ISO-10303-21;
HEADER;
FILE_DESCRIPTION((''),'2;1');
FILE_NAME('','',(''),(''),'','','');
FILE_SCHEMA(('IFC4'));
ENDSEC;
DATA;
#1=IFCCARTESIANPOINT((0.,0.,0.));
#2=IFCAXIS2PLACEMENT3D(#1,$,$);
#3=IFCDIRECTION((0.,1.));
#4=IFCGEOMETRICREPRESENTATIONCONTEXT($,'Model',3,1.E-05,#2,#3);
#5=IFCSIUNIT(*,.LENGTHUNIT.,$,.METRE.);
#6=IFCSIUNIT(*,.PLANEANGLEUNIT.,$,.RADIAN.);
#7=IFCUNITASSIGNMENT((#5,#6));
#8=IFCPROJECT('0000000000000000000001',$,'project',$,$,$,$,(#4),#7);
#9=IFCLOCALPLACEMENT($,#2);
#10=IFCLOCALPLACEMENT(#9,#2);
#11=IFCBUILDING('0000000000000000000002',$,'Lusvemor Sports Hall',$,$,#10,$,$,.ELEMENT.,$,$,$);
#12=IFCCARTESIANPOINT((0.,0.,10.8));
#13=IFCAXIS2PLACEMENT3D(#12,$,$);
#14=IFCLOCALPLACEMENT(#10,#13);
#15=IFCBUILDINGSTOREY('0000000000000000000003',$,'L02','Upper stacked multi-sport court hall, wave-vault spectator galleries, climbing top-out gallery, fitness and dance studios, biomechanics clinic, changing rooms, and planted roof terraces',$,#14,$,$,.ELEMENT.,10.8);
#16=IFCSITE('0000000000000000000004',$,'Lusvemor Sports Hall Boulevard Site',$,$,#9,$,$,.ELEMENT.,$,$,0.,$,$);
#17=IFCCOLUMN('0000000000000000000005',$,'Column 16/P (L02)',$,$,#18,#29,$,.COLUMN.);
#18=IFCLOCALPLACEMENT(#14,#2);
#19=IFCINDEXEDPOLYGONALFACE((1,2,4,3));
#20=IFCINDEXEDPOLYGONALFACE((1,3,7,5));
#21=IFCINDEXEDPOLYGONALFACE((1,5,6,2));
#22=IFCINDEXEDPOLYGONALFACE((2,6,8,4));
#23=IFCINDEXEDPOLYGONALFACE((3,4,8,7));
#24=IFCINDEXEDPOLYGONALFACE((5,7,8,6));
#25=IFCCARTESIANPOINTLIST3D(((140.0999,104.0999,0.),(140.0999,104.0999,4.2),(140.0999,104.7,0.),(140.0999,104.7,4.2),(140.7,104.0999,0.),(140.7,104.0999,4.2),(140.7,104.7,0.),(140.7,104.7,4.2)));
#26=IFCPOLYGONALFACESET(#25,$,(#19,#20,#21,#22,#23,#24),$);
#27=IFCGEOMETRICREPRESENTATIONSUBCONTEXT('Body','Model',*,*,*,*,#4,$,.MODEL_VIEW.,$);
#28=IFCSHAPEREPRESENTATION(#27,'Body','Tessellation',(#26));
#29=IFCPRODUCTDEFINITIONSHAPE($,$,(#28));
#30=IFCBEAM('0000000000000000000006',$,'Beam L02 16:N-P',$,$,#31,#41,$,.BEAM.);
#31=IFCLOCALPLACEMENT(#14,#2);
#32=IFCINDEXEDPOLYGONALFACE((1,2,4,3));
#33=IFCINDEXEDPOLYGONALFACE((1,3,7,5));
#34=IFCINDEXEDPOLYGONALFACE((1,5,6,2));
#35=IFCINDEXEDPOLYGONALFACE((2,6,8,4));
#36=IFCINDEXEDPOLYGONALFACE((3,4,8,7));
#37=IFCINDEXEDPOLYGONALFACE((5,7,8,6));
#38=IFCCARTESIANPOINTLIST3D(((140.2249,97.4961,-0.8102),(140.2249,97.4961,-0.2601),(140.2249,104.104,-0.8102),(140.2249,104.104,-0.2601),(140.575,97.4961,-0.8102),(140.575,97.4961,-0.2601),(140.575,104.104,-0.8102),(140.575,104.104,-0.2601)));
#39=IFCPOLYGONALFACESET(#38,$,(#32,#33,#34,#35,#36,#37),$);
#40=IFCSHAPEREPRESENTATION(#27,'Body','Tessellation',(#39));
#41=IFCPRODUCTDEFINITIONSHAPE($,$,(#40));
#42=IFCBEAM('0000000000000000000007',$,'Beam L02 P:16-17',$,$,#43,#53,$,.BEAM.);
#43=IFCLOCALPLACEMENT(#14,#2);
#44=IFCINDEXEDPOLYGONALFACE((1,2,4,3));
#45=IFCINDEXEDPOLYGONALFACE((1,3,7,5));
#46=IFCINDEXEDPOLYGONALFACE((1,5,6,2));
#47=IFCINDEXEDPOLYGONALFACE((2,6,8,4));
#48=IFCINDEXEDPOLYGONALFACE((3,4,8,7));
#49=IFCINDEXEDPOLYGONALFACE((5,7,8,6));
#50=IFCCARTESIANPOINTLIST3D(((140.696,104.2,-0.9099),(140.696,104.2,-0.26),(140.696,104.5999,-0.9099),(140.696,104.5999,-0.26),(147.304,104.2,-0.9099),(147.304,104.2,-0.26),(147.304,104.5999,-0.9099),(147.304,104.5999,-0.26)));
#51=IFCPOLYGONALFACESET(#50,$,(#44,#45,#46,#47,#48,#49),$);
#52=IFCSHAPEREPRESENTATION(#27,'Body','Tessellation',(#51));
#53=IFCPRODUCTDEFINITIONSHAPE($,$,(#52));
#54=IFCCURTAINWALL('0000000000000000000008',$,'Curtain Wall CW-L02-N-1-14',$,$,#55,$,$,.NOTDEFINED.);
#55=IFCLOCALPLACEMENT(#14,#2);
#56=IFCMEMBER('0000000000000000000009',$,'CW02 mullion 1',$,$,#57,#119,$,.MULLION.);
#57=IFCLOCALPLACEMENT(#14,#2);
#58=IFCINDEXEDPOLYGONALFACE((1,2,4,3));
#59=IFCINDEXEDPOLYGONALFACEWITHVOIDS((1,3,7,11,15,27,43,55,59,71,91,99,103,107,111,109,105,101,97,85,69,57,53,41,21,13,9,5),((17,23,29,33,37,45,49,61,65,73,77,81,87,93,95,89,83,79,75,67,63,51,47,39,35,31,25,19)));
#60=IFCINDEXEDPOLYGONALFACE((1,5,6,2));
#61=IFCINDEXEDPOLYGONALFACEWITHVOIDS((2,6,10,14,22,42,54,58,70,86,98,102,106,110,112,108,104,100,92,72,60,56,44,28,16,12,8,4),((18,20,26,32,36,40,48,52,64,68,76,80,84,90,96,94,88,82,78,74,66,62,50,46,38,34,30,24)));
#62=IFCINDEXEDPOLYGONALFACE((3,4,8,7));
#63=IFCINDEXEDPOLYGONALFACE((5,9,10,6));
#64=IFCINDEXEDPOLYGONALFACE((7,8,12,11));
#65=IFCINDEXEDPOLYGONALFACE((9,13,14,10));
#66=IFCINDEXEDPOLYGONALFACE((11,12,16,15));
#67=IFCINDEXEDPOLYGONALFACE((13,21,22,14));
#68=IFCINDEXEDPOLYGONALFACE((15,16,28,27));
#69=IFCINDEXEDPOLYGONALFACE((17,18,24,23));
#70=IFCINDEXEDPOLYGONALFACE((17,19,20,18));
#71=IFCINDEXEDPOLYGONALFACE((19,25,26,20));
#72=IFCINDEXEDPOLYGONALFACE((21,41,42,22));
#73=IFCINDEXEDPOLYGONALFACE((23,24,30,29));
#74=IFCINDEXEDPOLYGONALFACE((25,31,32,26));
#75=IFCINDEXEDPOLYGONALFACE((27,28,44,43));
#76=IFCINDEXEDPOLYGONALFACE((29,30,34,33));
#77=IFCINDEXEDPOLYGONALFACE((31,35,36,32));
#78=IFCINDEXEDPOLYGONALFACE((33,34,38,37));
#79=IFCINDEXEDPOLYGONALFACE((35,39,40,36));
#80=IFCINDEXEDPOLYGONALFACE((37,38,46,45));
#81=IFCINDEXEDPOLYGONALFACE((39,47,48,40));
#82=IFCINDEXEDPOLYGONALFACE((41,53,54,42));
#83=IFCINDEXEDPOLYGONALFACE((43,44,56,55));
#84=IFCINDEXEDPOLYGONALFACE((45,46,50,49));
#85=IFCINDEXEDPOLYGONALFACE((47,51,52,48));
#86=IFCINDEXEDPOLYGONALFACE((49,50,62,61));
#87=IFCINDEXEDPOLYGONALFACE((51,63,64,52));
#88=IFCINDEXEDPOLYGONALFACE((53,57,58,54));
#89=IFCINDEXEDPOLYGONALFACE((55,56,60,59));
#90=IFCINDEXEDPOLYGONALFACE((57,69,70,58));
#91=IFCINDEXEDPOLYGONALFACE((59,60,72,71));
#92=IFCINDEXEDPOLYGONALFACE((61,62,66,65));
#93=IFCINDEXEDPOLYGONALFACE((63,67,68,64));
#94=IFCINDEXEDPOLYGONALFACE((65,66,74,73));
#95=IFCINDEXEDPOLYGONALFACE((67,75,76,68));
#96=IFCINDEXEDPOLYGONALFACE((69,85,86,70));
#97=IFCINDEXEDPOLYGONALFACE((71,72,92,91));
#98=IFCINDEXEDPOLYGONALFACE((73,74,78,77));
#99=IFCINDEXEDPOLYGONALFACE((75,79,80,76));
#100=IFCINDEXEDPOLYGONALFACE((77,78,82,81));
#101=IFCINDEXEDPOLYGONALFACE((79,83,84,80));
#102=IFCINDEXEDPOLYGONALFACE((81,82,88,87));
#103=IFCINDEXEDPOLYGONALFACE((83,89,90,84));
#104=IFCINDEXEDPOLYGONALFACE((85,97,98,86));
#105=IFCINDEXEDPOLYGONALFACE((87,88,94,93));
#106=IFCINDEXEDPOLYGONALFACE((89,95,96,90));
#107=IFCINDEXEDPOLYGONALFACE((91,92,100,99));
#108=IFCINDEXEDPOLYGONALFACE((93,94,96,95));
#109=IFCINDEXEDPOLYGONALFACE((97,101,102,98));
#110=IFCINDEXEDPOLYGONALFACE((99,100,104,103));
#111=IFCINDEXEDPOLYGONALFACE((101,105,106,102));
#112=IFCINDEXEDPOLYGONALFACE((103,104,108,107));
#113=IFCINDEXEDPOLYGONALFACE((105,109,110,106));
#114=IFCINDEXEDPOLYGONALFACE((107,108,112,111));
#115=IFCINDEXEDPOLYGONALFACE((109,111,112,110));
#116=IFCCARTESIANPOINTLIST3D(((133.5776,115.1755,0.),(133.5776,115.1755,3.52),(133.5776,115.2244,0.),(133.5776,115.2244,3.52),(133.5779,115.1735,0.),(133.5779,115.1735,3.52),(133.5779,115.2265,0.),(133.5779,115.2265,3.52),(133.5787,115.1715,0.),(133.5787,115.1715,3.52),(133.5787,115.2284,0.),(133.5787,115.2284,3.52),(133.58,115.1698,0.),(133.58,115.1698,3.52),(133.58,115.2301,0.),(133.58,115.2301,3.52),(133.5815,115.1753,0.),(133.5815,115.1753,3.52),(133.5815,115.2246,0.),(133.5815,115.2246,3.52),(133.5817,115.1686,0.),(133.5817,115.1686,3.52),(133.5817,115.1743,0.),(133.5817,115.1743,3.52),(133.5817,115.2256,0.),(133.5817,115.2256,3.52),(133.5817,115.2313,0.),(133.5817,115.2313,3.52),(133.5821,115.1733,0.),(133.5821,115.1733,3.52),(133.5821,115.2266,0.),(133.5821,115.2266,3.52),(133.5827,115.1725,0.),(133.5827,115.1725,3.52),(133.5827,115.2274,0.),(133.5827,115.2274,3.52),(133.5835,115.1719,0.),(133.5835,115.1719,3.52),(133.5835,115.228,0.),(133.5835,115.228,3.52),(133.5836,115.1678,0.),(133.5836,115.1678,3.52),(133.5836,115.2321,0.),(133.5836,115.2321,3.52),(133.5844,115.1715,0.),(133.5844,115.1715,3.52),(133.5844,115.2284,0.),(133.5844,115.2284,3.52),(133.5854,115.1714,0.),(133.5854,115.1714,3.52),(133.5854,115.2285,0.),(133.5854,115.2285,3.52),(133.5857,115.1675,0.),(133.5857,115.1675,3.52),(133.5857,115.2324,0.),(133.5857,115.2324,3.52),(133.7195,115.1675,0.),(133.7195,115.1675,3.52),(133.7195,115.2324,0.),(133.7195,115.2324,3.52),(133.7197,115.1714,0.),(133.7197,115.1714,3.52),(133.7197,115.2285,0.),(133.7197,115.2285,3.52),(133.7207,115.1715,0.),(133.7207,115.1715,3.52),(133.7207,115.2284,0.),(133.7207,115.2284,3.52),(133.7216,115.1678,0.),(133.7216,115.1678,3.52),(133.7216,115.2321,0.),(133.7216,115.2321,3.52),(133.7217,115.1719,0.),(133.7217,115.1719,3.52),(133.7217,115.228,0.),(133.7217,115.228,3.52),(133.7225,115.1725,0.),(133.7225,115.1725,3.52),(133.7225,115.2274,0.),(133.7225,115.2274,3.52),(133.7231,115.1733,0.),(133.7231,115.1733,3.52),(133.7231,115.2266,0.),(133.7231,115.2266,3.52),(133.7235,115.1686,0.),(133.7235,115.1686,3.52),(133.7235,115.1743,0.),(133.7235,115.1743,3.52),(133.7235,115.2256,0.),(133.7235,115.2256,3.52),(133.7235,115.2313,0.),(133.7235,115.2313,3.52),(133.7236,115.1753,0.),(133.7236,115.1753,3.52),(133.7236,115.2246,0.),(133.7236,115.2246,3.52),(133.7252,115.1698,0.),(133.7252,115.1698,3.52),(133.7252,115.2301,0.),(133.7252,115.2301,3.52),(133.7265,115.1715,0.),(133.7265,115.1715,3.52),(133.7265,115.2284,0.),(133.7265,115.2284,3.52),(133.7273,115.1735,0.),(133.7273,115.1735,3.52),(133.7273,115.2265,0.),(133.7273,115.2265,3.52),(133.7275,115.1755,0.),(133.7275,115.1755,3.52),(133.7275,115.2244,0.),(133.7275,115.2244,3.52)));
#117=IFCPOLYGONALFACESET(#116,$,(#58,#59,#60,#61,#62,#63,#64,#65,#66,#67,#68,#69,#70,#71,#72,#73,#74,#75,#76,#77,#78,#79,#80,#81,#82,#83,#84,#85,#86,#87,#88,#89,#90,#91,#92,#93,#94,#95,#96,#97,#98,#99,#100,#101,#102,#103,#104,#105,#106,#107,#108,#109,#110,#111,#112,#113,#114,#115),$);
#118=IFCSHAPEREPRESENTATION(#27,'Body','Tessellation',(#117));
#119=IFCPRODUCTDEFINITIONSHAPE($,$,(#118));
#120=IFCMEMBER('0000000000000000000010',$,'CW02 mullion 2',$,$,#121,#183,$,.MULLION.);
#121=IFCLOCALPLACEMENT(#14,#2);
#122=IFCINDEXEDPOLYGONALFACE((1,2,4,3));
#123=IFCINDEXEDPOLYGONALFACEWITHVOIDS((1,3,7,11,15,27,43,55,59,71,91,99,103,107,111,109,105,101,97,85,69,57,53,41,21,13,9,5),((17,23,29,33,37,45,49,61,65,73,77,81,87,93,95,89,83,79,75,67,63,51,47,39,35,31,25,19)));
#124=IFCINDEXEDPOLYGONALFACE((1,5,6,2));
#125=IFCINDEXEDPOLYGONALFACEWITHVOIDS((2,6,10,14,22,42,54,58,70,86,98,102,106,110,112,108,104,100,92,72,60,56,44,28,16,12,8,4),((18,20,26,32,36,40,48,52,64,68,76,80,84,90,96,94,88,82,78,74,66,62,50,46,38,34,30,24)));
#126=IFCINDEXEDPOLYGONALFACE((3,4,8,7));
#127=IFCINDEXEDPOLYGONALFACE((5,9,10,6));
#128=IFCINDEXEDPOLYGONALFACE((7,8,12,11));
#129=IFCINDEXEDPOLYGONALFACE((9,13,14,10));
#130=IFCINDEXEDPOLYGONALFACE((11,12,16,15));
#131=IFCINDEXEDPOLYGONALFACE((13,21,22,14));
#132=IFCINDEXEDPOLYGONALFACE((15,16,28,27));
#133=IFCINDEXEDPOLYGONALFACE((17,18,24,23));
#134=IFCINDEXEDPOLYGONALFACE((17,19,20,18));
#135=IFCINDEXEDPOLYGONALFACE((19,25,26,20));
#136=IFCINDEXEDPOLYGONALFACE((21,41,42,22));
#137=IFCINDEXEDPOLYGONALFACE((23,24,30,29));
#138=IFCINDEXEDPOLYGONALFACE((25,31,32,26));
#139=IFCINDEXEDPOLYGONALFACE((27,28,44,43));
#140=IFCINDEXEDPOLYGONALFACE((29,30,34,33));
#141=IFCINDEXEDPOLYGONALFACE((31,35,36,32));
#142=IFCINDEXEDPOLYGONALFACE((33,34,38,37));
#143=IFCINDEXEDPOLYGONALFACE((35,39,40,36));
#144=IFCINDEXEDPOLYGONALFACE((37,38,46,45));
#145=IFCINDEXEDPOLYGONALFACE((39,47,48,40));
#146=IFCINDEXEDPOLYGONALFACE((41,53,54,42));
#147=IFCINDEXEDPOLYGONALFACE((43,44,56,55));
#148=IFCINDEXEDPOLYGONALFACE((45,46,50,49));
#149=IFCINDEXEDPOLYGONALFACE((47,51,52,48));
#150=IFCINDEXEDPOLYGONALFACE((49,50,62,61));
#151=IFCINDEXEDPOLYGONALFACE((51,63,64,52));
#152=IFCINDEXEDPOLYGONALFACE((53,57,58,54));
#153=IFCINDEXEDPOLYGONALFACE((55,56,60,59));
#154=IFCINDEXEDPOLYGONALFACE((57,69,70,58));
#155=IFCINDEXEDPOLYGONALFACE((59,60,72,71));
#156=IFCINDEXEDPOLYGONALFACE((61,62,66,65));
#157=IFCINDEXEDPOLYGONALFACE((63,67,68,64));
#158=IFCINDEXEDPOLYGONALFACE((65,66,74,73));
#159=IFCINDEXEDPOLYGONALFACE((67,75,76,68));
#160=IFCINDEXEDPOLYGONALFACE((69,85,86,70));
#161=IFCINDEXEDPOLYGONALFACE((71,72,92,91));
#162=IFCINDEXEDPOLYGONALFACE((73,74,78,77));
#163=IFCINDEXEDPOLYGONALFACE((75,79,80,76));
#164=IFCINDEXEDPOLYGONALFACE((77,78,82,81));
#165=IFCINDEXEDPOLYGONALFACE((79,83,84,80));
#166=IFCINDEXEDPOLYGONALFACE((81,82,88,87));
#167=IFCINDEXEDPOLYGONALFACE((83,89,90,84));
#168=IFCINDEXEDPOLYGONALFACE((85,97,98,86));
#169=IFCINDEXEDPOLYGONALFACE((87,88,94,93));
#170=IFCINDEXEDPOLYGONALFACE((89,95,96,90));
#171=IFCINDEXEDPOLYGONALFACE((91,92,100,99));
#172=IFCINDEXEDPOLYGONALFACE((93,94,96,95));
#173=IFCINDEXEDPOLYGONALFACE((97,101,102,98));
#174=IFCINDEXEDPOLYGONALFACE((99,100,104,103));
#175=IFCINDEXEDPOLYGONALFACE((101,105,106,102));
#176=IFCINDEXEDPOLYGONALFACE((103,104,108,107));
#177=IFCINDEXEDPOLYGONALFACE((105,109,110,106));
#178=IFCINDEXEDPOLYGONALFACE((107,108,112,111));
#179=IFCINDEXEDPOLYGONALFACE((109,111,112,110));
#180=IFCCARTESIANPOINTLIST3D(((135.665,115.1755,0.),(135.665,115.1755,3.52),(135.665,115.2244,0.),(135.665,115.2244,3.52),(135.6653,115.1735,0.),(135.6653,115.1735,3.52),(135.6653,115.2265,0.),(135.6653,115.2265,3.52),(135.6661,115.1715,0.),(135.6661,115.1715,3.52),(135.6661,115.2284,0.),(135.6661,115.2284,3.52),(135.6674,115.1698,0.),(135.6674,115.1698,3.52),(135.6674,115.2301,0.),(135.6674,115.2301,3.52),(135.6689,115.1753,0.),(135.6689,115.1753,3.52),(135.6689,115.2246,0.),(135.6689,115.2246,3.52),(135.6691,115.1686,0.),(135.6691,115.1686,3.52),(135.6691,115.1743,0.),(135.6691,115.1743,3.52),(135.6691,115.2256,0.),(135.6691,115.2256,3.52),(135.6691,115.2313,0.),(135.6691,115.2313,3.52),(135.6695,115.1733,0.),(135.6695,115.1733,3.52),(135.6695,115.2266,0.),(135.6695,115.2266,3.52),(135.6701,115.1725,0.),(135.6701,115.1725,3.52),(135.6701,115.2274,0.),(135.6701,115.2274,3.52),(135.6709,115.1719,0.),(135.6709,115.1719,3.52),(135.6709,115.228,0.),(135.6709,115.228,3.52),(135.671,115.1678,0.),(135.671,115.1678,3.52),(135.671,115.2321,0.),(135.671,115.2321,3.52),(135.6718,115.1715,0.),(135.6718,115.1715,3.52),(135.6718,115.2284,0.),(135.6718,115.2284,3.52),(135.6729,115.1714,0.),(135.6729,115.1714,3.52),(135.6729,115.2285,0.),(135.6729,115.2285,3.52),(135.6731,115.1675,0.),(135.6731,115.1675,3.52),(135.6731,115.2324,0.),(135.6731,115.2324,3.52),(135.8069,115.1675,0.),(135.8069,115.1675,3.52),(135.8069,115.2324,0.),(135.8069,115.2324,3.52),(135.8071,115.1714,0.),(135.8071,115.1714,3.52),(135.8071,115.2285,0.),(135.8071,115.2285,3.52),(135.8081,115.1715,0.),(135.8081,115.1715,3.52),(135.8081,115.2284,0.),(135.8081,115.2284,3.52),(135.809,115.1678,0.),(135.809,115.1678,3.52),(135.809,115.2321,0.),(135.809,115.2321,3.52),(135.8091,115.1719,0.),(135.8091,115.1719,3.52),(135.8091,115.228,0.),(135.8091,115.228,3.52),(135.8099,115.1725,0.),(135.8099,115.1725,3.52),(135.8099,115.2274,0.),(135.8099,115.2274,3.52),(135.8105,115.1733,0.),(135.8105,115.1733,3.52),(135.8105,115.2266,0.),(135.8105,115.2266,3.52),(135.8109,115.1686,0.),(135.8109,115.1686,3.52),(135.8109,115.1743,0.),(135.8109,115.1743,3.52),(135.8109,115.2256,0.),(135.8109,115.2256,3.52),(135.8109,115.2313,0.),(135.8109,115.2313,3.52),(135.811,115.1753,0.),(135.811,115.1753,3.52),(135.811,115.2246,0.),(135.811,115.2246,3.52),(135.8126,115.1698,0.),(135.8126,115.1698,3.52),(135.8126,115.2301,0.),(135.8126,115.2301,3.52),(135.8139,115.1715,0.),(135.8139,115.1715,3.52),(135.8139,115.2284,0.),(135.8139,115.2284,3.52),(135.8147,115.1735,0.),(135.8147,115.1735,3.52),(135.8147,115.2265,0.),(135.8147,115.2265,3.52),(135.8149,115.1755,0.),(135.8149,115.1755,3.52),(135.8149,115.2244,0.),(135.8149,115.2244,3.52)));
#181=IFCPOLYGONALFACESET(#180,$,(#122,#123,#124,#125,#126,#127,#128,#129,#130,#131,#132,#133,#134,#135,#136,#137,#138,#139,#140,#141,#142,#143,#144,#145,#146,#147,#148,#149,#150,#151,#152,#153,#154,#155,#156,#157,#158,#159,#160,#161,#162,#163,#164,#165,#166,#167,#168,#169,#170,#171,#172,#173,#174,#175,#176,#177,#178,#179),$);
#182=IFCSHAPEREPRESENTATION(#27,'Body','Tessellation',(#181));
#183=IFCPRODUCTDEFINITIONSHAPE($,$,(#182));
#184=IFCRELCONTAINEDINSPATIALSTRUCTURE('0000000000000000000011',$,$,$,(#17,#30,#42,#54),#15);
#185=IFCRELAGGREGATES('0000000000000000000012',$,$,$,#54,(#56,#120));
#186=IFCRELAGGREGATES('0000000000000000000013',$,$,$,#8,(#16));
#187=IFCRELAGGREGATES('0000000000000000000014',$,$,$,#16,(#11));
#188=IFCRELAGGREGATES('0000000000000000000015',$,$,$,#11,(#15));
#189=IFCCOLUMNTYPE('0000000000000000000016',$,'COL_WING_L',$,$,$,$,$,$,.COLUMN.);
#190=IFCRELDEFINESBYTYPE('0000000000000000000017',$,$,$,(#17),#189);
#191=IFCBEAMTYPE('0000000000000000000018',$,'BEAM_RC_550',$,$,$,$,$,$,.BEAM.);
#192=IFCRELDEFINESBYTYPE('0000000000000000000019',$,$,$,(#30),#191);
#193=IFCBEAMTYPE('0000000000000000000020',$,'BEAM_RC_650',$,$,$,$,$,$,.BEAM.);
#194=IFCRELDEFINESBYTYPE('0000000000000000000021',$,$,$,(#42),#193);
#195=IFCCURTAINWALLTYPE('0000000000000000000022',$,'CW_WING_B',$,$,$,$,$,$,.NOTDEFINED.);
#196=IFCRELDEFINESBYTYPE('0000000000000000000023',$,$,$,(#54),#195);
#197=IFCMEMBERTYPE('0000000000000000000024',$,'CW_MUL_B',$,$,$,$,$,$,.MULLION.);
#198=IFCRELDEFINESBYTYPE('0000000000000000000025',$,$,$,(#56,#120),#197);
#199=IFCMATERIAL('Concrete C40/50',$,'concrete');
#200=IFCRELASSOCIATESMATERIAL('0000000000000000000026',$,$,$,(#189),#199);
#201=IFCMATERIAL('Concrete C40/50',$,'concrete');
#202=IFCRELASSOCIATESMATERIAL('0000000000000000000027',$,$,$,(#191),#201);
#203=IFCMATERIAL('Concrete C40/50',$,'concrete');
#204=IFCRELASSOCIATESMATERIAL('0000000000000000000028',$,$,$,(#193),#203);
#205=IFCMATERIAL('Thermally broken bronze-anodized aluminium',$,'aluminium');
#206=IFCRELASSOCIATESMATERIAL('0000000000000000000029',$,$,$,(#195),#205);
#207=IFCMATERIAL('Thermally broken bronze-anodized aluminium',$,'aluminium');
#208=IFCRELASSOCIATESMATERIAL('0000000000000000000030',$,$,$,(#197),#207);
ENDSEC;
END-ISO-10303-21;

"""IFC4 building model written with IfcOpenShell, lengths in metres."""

from ifc_helpers import new_model, si_unit, direction, frame, origin, origin_2d, place, context, subcontext, project, spatial, rectangle, hollow_rectangle, extrude, material, material_profile, profile_set, type_object, element, aggregate, save


model = new_model("IFC4")

# Units and contexts
model_context = context("Model", 3, precision=1e-05, world=origin(), true_north=direction((0.0, 1.0)))
body_context = subcontext(model_context, "Body", "Model", "MODEL_VIEW")
ifc_project = project(units=[si_unit("LENGTHUNIT", "METRE"), si_unit("PLANEANGLEUNIT", "RADIAN")], contexts=[model_context])

# Site, building, storey
site_placement = place(None, origin())
site = spatial("IfcSite", under=ifc_project, at=site_placement, Name="Lusvemor Sports Hall Boulevard Site", CompositionType="ELEMENT", RefElevation=0.0)
building_placement = place(site_placement, origin())
building = spatial("IfcBuilding", under=site, at=building_placement, Name="Lusvemor Sports Hall", CompositionType="ELEMENT")
storey_placement = place(building_placement, frame((0.0, 0.0, 10.8)))
storey = spatial("IfcBuildingStorey", under=building, at=storey_placement, Name="L02", Description="Upper stacked multi-sport court hall, wave-vault spectator galleries, climbing top-out gallery, fitness and dance studios, biomechanics clinic, changing rooms, and planted roof terraces", CompositionType="ELEMENT", Elevation=10.8)

# Column
ifc_material_1 = material(Name="Concrete C40/50", Category="concrete")
ifc_material_profile_1 = material_profile(ifc_material_1, rectangle(XDim=0.6001, YDim=0.6001, at=origin_2d()), Name="RC600x600")
ifc_profile_set_1 = profile_set([ifc_material_profile_1], Name="Concrete C40/50")
column_type = type_object("IfcColumnType", Name="COL_WING_L", PredefinedType="COLUMN", material=ifc_profile_set_1)
column_placement = place(storey_placement, frame((140.3999, 104.3999, 0.0), z_axis=(0.0, 0.0, 1.0), x_axis=(1.0, 0.0, 0.0)))
element("IfcColumn", 1, at=column_placement, inside=storey, type_object=column_type, Name="Column 16/P (L02)", PredefinedType="COLUMN", context=body_context, shape_type="SweptSolid", body=[
    extrude(rectangle(XDim=0.6001, YDim=0.6001, at=origin_2d()), origin(), (0.0, 0.0, 1.0), 4.2),
])

# Beams
ifc_material_2 = material(Name="Concrete C40/50", Category="concrete")
ifc_material_profile_2 = material_profile(ifc_material_2, rectangle(XDim=0.3501, YDim=0.55, at=origin_2d()), Name="RC350x550")
ifc_profile_set_2 = profile_set([ifc_material_profile_2], Name="Concrete C40/50")
beam_type_1 = type_object("IfcBeamType", Name="BEAM_RC_550", PredefinedType="BEAM", material=ifc_profile_set_2)
beam_1_placement = place(storey_placement, frame((140.3999, 97.4961, -0.5352), z_axis=(0.0, 1.0, 0.0), x_axis=(-1.0, 0.0, 0.0)))
element("IfcBeam", 2, at=beam_1_placement, inside=storey, type_object=beam_type_1, Name="Beam L02 16:N-P", PredefinedType="BEAM", context=body_context, shape_type="SweptSolid", body=[
    extrude(rectangle(XDim=0.3501, YDim=0.55, at=origin_2d()), origin(), (0.0, 0.0, 1.0), 6.6079),
])
ifc_material_3 = material(Name="Concrete C40/50", Category="concrete")
ifc_material_profile_3 = material_profile(ifc_material_3, rectangle(XDim=0.3999, YDim=0.6499, at=origin_2d()), Name="RC400x650")
ifc_profile_set_3 = profile_set([ifc_material_profile_3], Name="Concrete C40/50")
beam_type_2 = type_object("IfcBeamType", Name="BEAM_RC_650", PredefinedType="BEAM", material=ifc_profile_set_3)
beam_2_placement = place(storey_placement, frame((140.696, 104.3999, -0.585), z_axis=(1.0, 0.0, 0.0), x_axis=(0.0, 1.0, 0.0)))
element("IfcBeam", 3, at=beam_2_placement, inside=storey, type_object=beam_type_2, Name="Beam L02 P:16-17", PredefinedType="BEAM", context=body_context, shape_type="SweptSolid", body=[
    extrude(rectangle(XDim=0.3999, YDim=0.6499, at=origin_2d()), origin(), (0.0, 0.0, 1.0), 6.6079),
])

# Curtain wall, members
ifc_material_4 = material(Name="Thermally broken bronze-anodized aluminium", Category="aluminium")
curtain_wall_type = type_object("IfcCurtainWallType", Name="CW_WING_B", PredefinedType="NOTDEFINED", material=ifc_material_4)
curtain_wall_placement = place(storey_placement, origin())
curtain_wall = element("IfcCurtainWall", 4, at=curtain_wall_placement, inside=storey, type_object=curtain_wall_type, Name="Curtain Wall CW-L02-N-1-14", PredefinedType="NOTDEFINED")
ifc_material_5 = material(Name="Thermally broken bronze-anodized aluminium", Category="aluminium")
ifc_material_profile_4 = material_profile(ifc_material_5, hollow_rectangle(XDim=0.0649, YDim=0.1499, WallThickness=0.0039, InnerFilletRadius=0.0039, OuterFilletRadius=0.0081, at=origin_2d()), Name="CWMUL150x65x4")
ifc_profile_set_4 = profile_set([ifc_material_profile_4], Name="Thermally broken bronze-anodized aluminium")
member_type_1 = type_object("IfcMemberType", Name="CW_MUL_B", PredefinedType="MULLION", material=ifc_profile_set_4)
member_1_placement = place(storey_placement, frame((133.6526, 115.2, 0.0), z_axis=(0.0, 0.0, 1.0), x_axis=(0.0, 1.0, 0.0)))
member_1 = element("IfcMember", 5, at=member_1_placement, type_object=member_type_1, Name="CW02 mullion 1", PredefinedType="MULLION", context=body_context, shape_type="SweptSolid", body=[
    extrude(hollow_rectangle(XDim=0.0649, YDim=0.1499, WallThickness=0.0039, InnerFilletRadius=0.0039, OuterFilletRadius=0.0081, at=origin_2d()), origin(), (0.0, 0.0, 1.0), 3.52),
])
member_2_placement = place(storey_placement, frame((135.74, 115.2, 0.0), z_axis=(0.0, 0.0, 1.0), x_axis=(0.0, 1.0, 0.0)))
member_2 = element("IfcMember", 6, at=member_2_placement, type_object=member_type_1, Name="CW02 mullion 2", PredefinedType="MULLION", context=body_context, shape_type="SweptSolid", body=[
    extrude(hollow_rectangle(XDim=0.0649, YDim=0.1499, WallThickness=0.0039, InnerFilletRadius=0.0039, OuterFilletRadius=0.0081, at=origin_2d()), origin(), (0.0, 0.0, 1.0), 3.52),
])

aggregate(curtain_wall, [member_1, member_2])

save(model, "model.ifc")
